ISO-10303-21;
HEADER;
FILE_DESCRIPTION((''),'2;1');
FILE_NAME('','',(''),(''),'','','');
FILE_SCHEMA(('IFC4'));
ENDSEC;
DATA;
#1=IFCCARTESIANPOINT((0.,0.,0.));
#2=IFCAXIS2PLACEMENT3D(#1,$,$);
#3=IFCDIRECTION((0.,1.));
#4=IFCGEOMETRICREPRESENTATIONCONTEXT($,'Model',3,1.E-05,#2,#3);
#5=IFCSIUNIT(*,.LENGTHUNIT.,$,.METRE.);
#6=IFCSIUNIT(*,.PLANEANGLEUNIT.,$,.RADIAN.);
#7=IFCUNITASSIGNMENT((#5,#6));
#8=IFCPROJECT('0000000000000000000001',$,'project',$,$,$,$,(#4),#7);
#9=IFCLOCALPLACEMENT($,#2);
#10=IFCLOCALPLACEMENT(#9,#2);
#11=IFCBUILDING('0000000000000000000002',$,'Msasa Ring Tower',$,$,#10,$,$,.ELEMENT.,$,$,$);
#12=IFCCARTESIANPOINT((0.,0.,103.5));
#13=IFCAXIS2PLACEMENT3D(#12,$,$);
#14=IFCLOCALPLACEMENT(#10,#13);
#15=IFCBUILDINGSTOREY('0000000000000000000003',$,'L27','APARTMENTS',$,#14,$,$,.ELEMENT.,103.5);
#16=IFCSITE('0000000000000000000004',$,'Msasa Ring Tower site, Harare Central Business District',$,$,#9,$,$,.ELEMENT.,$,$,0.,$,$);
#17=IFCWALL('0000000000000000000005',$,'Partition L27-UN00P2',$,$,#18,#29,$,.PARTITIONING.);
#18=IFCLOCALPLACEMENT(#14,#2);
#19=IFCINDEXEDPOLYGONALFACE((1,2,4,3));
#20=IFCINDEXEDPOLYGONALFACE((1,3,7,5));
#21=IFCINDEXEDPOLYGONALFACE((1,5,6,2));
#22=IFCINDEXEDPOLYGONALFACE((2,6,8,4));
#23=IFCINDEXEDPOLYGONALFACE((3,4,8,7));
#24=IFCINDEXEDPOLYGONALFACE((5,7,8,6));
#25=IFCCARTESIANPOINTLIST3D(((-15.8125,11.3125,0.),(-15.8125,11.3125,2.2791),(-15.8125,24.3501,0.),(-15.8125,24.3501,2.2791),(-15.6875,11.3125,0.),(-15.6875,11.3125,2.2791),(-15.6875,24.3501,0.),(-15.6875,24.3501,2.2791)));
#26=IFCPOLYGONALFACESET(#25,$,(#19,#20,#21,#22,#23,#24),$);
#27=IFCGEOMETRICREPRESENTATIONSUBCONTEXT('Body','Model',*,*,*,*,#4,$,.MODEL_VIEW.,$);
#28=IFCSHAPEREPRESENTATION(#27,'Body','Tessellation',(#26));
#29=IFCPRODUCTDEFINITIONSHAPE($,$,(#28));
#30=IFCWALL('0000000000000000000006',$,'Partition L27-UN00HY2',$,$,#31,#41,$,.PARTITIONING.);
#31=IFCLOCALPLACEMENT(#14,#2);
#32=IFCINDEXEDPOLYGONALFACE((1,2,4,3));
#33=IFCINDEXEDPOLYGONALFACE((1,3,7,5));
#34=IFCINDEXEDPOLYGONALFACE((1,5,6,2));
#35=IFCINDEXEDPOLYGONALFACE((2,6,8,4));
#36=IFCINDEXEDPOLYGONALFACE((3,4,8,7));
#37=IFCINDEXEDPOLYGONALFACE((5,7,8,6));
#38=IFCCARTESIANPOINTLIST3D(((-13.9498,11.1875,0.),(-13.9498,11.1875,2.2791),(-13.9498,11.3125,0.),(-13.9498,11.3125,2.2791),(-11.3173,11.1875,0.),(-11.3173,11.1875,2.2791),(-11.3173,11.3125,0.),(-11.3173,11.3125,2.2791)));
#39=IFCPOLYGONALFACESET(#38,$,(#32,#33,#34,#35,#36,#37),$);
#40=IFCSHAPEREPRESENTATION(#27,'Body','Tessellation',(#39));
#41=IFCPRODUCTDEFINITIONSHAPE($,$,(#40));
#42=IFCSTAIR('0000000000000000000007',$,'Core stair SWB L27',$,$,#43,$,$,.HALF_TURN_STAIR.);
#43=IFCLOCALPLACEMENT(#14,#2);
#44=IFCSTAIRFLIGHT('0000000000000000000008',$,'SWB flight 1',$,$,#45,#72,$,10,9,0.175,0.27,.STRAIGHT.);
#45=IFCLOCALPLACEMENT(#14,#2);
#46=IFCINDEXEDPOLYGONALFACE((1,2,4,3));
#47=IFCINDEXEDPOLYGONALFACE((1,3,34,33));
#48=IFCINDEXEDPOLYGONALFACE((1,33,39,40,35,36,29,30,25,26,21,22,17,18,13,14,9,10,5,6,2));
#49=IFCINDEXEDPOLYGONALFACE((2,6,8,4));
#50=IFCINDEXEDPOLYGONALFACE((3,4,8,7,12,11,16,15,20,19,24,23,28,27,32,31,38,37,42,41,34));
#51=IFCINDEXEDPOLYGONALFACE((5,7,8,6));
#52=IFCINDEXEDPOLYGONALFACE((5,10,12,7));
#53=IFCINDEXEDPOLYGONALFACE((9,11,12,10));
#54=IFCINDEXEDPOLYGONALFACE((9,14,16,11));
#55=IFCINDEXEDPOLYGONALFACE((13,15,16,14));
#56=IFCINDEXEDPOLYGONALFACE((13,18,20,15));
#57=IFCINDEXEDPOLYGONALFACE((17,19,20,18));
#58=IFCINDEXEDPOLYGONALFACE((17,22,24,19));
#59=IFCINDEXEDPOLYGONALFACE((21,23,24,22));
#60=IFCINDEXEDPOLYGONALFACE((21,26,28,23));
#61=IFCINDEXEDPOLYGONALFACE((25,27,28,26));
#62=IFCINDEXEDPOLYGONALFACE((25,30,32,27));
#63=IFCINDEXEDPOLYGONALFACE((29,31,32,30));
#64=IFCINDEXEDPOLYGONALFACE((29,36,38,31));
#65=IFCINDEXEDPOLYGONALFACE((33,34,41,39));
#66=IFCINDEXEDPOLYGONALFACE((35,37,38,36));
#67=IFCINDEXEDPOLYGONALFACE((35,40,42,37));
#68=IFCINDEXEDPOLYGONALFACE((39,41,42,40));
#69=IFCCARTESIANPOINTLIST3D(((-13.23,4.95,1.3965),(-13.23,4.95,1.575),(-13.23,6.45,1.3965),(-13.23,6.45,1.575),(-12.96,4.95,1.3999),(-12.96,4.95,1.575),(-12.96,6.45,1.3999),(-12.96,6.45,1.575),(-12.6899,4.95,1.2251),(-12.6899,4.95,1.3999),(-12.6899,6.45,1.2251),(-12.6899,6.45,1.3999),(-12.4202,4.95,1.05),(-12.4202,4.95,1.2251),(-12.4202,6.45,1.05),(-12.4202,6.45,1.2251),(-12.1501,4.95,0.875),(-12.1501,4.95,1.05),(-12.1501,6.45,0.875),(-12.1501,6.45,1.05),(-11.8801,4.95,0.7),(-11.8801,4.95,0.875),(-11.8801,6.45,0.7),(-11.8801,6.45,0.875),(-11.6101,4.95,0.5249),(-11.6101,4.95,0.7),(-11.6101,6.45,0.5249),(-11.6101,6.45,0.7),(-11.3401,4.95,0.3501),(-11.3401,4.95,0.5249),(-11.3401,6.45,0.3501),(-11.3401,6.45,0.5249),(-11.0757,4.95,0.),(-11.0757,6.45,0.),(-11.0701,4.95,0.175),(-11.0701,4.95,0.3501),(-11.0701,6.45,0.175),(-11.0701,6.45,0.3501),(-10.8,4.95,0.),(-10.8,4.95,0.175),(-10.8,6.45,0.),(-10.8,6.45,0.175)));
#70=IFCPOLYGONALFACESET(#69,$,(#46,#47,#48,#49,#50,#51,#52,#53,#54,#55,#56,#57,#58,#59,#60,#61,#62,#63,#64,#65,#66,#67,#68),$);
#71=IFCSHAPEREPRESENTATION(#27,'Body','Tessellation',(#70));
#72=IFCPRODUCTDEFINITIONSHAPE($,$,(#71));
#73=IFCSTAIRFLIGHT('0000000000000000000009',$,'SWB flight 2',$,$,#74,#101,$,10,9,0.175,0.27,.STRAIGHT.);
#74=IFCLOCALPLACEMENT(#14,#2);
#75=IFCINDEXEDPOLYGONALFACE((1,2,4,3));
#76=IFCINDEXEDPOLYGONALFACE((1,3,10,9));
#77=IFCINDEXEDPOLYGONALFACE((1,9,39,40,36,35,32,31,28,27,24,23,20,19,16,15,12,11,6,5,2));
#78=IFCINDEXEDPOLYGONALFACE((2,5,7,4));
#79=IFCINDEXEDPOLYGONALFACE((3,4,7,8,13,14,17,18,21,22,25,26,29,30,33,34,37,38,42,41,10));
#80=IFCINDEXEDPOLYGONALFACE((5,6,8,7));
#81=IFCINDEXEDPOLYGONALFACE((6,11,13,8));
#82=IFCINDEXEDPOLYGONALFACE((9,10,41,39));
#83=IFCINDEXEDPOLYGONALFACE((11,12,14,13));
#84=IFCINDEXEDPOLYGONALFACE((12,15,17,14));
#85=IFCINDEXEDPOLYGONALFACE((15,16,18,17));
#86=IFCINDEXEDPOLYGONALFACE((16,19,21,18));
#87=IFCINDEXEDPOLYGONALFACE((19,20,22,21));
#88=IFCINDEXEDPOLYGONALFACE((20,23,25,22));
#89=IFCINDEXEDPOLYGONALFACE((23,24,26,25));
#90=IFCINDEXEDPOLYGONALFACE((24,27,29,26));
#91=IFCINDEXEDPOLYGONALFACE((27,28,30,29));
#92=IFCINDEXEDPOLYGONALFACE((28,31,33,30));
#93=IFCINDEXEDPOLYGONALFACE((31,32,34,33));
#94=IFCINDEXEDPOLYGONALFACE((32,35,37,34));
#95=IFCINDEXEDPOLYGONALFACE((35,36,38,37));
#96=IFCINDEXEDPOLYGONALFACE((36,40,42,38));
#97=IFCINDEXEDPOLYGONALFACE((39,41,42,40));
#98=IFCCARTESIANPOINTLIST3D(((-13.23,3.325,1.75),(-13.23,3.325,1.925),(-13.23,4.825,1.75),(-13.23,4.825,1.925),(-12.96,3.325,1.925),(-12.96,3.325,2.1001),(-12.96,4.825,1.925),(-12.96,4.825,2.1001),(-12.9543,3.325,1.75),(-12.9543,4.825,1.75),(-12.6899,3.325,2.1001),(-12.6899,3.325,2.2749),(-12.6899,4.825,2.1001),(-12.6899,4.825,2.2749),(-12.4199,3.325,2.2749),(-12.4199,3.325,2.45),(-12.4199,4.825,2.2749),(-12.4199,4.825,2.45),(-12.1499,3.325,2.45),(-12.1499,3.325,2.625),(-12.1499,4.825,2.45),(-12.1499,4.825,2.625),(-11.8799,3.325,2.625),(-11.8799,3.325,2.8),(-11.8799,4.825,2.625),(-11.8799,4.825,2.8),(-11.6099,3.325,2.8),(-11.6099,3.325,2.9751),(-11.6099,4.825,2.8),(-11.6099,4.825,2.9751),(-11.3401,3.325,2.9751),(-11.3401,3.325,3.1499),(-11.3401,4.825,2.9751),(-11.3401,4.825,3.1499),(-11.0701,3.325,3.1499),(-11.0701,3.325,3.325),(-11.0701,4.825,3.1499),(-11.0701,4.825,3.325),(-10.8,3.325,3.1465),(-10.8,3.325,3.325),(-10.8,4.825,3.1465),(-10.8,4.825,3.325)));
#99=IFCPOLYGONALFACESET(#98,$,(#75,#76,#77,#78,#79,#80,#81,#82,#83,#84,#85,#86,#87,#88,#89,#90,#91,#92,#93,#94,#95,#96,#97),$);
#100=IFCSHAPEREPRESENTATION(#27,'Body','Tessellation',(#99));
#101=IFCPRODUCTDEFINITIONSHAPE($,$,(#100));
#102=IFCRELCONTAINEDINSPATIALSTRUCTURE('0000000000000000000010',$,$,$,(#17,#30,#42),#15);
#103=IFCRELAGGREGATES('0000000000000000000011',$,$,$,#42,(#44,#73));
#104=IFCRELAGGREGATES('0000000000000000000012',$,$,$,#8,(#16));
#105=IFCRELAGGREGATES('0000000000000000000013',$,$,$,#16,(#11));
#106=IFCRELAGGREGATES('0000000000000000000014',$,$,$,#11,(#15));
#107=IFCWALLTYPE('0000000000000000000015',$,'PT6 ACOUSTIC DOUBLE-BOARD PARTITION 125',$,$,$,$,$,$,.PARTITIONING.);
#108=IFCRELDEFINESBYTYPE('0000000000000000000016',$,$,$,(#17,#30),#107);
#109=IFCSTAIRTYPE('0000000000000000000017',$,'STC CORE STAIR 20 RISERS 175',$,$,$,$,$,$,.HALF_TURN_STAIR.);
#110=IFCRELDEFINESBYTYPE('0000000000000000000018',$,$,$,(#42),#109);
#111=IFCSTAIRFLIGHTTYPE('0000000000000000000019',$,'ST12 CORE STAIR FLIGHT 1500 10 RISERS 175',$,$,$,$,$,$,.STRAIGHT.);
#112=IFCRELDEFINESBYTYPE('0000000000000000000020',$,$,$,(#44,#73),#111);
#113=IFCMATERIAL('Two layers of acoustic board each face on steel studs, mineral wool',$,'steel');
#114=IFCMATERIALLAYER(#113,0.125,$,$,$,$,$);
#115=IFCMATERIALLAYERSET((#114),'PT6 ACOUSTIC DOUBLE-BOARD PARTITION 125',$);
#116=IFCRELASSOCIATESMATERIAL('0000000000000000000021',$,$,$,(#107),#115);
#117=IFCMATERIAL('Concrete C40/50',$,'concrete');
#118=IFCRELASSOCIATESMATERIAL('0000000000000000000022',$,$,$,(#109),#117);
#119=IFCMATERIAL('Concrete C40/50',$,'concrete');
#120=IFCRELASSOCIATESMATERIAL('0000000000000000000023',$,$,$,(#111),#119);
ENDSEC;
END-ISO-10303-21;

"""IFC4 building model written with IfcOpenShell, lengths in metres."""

from ifc_helpers import new_model, si_unit, direction, frame, frame_2d, origin, place, context, subcontext, project, spatial, polyline, rectangle, outline, extrude, material, layer, layer_set, type_object, element, aggregate, save


model = new_model("IFC4")

# Units and contexts
model_context = context("Model", 3, precision=1e-05, world=origin(), true_north=direction((0.0, 1.0)))
body_context = subcontext(model_context, "Body", "Model", "MODEL_VIEW")
ifc_project = project(units=[si_unit("LENGTHUNIT", "METRE"), si_unit("PLANEANGLEUNIT", "RADIAN")], contexts=[model_context])

# Site, building, storey
site_placement = place(None, origin())
site = spatial("IfcSite", under=ifc_project, at=site_placement, Name="Msasa Ring Tower site, Harare Central Business District", CompositionType="ELEMENT", RefElevation=0.0)
building_placement = place(site_placement, origin())
building = spatial("IfcBuilding", under=site, at=building_placement, Name="Msasa Ring Tower", CompositionType="ELEMENT")
storey_placement = place(building_placement, frame((0.0, 0.0, 103.5)))
storey = spatial("IfcBuildingStorey", under=building, at=storey_placement, Name="L27", Description="APARTMENTS", CompositionType="ELEMENT", Elevation=103.5)

# Walls
ifc_material_1 = material(Name="Two layers of acoustic board each face on steel studs, mineral wool", Category="steel")
ifc_layer_1 = layer(ifc_material_1, 0.125)
ifc_layer_set_1 = layer_set([ifc_layer_1], Name="PT6 ACOUSTIC DOUBLE-BOARD PARTITION 125")
wall_type_1 = type_object("IfcWallType", Name="PT6 ACOUSTIC DOUBLE-BOARD PARTITION 125", PredefinedType="PARTITIONING", material=ifc_layer_set_1)
wall_1_placement = place(storey_placement, frame((-15.75, 11.3125, 0.0), z_axis=(0.0, 0.0, 1.0), x_axis=(0.0, 1.0, 0.0)))
element("IfcWall", 1, at=wall_1_placement, inside=storey, type_object=wall_type_1, Name="Partition L27-UN00P2", PredefinedType="PARTITIONING", context=body_context, shape_type="SweptSolid", body=[
    extrude(rectangle(XDim=13.0376, YDim=0.125, at=frame_2d((6.5188, 0.0))), origin(), (0.0, 0.0, 1.0), 2.2791),
])
wall_2_placement = place(storey_placement, frame((-13.95, 11.25, 0.0), z_axis=(0.0, 0.0, 1.0), x_axis=(1.0, 0.0, 0.0)))
element("IfcWall", 2, at=wall_2_placement, inside=storey, type_object=wall_type_1, Name="Partition L27-UN00HY2", PredefinedType="PARTITIONING", context=body_context, shape_type="SweptSolid", body=[
    extrude(rectangle(XDim=2.6326, YDim=0.125, at=frame_2d((1.3164, 0.0))), origin(), (0.0, 0.0, 1.0), 2.2791),
])

# Stair, stair flights
ifc_material_2 = material(Name="Concrete C40/50", Category="concrete")
stair_type = type_object("IfcStairType", Name="STC CORE STAIR 20 RISERS 175", PredefinedType="HALF_TURN_STAIR", material=ifc_material_2)
stair_placement = place(storey_placement, origin())
stair = element("IfcStair", 3, at=stair_placement, inside=storey, type_object=stair_type, Name="Core stair SWB L27", PredefinedType="HALF_TURN_STAIR")
ifc_material_3 = material(Name="Concrete C40/50", Category="concrete")
stair_flight_type = type_object("IfcStairFlightType", Name="ST12 CORE STAIR FLIGHT 1500 10 RISERS 175", PredefinedType="STRAIGHT", material=ifc_material_3)
stair_flight_1_placement = place(storey_placement, frame((-10.8, 5.7, 0.0), z_axis=(0.0, 0.0, 1.0), x_axis=(-1.0, 0.0, 0.0)))
stair_flight_1 = element("IfcStairFlight", 4, at=stair_flight_1_placement, type_object=stair_flight_type, Name="SWB flight 1", NumberOfRisers=10, NumberOfTreads=9, PredefinedType="STRAIGHT", RiserHeight=0.175, TreadLength=0.27, context=body_context, shape_type="SweptSolid", body=[
    extrude(outline(polyline([(0.0, 0.0), (0.0, 0.175), (0.27, 0.175), (0.27, 0.3501), (0.54, 0.3501), (0.54, 0.5249), (0.8101, 0.5249), (0.8101, 0.7), (1.0801, 0.7), (1.0801, 0.875), (1.3501, 0.875), (1.3501, 1.05), (1.6201, 1.05), (1.6201, 1.2251), (1.8899, 1.2251), (1.8899, 1.3999), (2.1599, 1.3999), (2.1599, 1.575), (2.4299, 1.575), (2.4299, 1.75), (2.4299, 1.3965), (0.2756, 0.0), (0.0, 0.0)])), frame((0.0, 0.75, 0.0), z_axis=(0.0, -1.0, 0.0), x_axis=(1.0, 0.0, 0.0)), (0.0, 0.0, 1.0), 1.5),
])
stair_flight_2_placement = place(storey_placement, frame((-13.23, 4.075, 1.75), z_axis=(0.0, 0.0, 1.0), x_axis=(1.0, 0.0, 0.0)))
stair_flight_2 = element("IfcStairFlight", 5, at=stair_flight_2_placement, type_object=stair_flight_type, Name="SWB flight 2", NumberOfRisers=10, NumberOfTreads=9, PredefinedType="STRAIGHT", RiserHeight=0.175, TreadLength=0.27, context=body_context, shape_type="SweptSolid", body=[
    extrude(outline(polyline([(0.0, 0.0), (0.0, 0.175), (0.27, 0.175), (0.27, 0.3501), (0.54, 0.3501), (0.54, 0.5249), (0.8101, 0.5249), (0.8101, 0.7), (1.0801, 0.7), (1.0801, 0.875), (1.3501, 0.875), (1.3501, 1.05), (1.6201, 1.05), (1.6201, 1.2251), (1.8899, 1.2251), (1.8899, 1.3999), (2.1599, 1.3999), (2.1599, 1.575), (2.4299, 1.575), (2.4299, 1.75), (2.4299, 1.3965), (0.2756, 0.0), (0.0, 0.0)])), frame((0.0, 0.75, 0.0), z_axis=(0.0, -1.0, 0.0), x_axis=(1.0, 0.0, 0.0)), (0.0, 0.0, 1.0), 1.5),
])
aggregate(stair, [stair_flight_1, stair_flight_2])

save(model, "model.ifc")
